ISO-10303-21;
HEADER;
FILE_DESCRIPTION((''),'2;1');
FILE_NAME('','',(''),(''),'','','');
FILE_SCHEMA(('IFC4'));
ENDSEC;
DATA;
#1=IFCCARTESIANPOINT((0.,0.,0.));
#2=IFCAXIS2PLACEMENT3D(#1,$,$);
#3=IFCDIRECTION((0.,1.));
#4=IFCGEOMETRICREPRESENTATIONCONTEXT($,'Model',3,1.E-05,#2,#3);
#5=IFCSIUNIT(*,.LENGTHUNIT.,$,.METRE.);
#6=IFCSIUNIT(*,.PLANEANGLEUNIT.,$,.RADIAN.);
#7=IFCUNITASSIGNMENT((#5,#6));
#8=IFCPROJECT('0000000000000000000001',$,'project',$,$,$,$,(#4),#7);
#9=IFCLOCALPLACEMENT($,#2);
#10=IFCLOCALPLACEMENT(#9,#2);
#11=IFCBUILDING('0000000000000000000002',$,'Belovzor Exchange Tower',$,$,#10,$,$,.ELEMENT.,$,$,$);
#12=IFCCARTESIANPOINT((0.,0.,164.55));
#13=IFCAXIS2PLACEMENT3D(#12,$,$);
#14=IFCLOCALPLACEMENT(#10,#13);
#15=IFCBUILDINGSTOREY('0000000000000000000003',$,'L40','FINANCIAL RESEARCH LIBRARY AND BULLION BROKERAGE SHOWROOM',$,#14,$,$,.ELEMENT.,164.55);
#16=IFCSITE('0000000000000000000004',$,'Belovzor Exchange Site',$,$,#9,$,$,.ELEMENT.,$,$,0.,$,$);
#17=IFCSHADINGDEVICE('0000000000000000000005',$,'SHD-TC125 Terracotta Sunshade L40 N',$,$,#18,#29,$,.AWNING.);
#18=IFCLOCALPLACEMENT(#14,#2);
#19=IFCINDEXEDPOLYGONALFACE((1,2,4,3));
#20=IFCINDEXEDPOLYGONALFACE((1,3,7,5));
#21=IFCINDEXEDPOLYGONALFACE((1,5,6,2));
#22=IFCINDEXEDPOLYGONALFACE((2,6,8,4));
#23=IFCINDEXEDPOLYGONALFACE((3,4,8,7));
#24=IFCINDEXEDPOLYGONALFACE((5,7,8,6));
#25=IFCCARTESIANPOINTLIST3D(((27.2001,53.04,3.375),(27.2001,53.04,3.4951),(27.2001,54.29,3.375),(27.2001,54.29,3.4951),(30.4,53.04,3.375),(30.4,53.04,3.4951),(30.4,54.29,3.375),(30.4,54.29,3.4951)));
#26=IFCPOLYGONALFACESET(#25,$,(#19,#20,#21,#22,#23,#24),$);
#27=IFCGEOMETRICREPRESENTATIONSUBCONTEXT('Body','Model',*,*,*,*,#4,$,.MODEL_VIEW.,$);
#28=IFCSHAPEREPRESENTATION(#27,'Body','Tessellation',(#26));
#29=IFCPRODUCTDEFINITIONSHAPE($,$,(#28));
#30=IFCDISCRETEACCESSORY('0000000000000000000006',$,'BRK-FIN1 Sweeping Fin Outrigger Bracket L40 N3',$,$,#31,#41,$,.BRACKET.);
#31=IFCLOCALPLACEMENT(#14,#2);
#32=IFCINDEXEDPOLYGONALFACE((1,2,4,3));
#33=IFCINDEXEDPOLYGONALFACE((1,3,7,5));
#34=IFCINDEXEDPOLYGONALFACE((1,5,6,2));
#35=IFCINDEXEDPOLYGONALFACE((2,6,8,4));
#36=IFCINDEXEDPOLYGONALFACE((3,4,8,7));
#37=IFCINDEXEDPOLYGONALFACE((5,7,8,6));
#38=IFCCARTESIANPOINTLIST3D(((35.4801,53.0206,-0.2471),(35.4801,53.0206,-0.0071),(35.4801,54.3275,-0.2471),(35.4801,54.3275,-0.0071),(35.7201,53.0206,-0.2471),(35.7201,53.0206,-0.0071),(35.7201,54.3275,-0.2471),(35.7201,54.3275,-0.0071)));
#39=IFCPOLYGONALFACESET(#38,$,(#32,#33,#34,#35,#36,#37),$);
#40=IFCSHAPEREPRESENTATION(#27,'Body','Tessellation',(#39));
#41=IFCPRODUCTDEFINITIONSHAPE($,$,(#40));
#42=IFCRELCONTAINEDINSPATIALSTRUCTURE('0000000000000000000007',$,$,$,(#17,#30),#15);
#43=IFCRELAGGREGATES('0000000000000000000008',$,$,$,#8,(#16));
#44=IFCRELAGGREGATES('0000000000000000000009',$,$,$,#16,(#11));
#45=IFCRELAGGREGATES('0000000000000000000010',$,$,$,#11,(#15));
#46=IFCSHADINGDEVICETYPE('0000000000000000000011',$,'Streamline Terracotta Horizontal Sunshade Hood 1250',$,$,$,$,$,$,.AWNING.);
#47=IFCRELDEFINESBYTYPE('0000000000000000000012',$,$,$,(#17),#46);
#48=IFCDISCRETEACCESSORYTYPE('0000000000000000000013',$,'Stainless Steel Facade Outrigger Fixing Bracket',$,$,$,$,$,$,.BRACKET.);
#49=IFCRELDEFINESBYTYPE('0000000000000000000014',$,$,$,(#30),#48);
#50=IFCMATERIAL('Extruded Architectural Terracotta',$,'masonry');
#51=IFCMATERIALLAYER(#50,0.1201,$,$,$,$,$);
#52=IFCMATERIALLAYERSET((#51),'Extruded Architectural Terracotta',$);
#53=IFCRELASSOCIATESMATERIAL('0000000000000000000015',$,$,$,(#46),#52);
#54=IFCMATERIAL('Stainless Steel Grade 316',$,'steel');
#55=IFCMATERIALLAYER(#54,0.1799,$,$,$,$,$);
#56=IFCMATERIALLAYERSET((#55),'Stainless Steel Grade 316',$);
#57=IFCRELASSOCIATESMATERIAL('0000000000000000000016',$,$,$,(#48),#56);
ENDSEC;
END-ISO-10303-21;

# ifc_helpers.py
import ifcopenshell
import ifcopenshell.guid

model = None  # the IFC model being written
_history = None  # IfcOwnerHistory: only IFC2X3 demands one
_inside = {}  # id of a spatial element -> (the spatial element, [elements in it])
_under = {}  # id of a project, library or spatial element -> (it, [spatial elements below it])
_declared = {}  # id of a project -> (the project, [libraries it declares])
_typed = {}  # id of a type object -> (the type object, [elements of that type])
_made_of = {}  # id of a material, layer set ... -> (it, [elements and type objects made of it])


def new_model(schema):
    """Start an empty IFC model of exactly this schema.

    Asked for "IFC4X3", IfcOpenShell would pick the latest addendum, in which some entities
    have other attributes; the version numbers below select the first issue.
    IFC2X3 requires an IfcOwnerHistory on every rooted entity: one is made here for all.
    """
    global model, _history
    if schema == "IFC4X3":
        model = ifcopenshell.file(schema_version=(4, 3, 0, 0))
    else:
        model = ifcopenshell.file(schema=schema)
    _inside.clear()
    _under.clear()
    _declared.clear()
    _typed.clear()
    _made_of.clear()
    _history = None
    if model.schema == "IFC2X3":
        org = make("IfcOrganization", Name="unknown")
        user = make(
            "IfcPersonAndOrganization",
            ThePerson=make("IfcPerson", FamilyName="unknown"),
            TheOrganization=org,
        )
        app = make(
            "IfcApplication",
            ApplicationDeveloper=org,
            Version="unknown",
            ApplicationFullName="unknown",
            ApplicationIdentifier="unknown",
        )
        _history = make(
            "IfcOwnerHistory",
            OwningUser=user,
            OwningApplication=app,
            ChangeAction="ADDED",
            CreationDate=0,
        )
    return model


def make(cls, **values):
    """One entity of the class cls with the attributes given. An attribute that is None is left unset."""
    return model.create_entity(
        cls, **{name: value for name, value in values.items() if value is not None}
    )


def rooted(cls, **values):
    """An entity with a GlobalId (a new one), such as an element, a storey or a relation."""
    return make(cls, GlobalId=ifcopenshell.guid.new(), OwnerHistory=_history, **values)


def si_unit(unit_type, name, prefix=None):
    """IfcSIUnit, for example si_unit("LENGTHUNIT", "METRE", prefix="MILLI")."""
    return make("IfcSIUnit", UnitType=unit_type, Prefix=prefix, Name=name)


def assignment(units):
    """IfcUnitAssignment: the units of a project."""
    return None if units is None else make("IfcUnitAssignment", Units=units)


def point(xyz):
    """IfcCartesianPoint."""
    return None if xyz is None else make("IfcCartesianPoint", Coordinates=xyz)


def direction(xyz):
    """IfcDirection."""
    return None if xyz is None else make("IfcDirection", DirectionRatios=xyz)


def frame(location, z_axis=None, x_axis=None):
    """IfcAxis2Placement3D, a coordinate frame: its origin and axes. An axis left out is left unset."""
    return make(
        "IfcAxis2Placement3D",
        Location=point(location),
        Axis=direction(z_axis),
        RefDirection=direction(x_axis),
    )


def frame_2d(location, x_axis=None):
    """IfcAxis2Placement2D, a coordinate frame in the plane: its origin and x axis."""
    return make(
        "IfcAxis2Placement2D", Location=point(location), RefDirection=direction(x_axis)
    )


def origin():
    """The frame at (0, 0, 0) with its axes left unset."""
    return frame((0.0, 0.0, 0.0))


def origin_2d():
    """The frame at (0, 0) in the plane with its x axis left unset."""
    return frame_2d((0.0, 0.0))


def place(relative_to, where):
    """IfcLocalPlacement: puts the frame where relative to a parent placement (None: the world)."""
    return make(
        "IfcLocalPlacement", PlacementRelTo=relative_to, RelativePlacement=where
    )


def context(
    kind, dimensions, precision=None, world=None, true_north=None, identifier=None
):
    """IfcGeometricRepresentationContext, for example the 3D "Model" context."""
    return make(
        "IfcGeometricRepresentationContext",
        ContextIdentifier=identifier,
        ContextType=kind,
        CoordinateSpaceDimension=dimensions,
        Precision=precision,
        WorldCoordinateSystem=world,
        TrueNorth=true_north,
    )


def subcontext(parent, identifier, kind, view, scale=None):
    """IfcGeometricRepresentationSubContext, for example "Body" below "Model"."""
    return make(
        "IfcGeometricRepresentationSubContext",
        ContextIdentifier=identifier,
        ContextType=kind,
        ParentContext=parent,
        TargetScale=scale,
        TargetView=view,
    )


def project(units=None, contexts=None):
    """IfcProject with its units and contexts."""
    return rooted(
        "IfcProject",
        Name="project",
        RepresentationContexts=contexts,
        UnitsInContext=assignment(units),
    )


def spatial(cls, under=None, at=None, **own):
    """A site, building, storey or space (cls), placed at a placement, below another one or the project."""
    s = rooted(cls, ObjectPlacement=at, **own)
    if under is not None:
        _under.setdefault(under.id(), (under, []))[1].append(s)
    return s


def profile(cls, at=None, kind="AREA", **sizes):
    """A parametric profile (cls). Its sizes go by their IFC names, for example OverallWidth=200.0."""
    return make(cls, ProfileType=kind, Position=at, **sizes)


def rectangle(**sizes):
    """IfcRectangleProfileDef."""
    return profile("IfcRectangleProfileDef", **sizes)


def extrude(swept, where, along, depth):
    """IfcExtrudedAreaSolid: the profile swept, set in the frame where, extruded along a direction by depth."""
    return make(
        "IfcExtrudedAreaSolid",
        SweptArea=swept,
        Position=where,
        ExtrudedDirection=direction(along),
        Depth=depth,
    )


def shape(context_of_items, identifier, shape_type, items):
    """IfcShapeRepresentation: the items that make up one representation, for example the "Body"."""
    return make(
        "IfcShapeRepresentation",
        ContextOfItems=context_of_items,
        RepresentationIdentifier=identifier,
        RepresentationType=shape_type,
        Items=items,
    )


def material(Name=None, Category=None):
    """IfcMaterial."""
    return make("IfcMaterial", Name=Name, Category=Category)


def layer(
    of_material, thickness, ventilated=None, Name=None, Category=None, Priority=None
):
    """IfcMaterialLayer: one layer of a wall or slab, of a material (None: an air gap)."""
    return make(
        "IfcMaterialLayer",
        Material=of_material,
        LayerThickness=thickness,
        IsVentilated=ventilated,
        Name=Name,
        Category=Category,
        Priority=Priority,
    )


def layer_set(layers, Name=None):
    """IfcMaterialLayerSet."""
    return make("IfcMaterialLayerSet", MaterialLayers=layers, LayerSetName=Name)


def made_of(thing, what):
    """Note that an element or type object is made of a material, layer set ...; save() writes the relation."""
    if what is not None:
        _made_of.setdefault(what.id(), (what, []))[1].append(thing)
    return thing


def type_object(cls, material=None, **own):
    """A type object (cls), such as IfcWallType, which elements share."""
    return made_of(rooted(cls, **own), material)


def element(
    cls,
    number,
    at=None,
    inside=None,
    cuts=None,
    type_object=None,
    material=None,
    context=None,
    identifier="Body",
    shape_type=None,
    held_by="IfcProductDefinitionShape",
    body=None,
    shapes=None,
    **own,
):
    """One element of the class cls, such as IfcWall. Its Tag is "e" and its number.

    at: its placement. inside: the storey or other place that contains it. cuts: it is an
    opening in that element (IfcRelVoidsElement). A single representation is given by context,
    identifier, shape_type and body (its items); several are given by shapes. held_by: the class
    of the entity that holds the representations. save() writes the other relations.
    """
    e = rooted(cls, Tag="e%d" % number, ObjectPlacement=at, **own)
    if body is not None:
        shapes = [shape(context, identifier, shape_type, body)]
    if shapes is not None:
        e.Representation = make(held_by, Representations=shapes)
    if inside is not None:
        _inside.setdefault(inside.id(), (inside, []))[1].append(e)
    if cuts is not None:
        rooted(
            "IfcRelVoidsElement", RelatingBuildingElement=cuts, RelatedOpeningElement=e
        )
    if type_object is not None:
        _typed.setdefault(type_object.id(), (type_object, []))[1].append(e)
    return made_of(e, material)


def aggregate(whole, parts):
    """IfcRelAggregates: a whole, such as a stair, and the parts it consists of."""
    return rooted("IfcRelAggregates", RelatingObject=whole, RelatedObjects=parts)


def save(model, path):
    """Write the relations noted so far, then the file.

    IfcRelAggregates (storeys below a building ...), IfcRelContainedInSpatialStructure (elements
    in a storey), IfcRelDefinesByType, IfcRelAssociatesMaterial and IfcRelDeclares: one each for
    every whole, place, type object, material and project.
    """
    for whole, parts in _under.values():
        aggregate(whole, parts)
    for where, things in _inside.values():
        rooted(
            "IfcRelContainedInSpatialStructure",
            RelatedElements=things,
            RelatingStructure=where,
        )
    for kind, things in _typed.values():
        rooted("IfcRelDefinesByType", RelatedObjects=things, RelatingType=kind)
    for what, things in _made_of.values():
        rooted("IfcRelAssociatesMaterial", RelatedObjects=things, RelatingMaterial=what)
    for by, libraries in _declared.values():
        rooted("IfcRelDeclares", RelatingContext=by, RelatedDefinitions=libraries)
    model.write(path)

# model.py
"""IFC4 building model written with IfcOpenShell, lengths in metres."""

from ifc_helpers import new_model, si_unit, direction, frame, origin, origin_2d, place, context, subcontext, project, spatial, rectangle, extrude, material, layer, layer_set, type_object, element, save


model = new_model("IFC4")

# Units and contexts
model_context = context("Model", 3, precision=1e-05, world=origin(), true_north=direction((0.0, 1.0)))
body_context = subcontext(model_context, "Body", "Model", "MODEL_VIEW")
ifc_project = project(units=[si_unit("LENGTHUNIT", "METRE"), si_unit("PLANEANGLEUNIT", "RADIAN")], contexts=[model_context])

# Site, building, storey
site_placement = place(None, origin())
site = spatial("IfcSite", under=ifc_project, at=site_placement, Name="Belovzor Exchange Site", CompositionType="ELEMENT", RefElevation=0.0)
building_placement = place(site_placement, origin())
building = spatial("IfcBuilding", under=site, at=building_placement, Name="Belovzor Exchange Tower", CompositionType="ELEMENT")
storey_placement = place(building_placement, frame((0.0, 0.0, 164.55)))
storey = spatial("IfcBuildingStorey", under=building, at=storey_placement, Name="L40", Description="FINANCIAL RESEARCH LIBRARY AND BULLION BROKERAGE SHOWROOM", CompositionType="ELEMENT", Elevation=164.55)

# Shading device
ifc_material_1 = material(Name="Extruded Architectural Terracotta", Category="masonry")
ifc_layer_1 = layer(ifc_material_1, 0.1201)
ifc_layer_set_1 = layer_set([ifc_layer_1], Name="Extruded Architectural Terracotta")
shading_device_type = type_object("IfcShadingDeviceType", Name="Streamline Terracotta Horizontal Sunshade Hood 1250", PredefinedType="AWNING", material=ifc_layer_set_1)
shading_device_placement = place(storey_placement, frame((28.8, 53.665, 3.375), z_axis=(0.0, 0.0, 1.0), x_axis=(1.0, 0.0, 0.0)))
element("IfcShadingDevice", 1, at=shading_device_placement, inside=storey, type_object=shading_device_type, Name="SHD-TC125 Terracotta Sunshade L40 N", PredefinedType="AWNING", context=body_context, shape_type="SweptSolid", body=[
    extrude(rectangle(XDim=3.2, YDim=1.25, at=origin_2d()), origin(), (0.0, 0.0, 1.0), 0.1201),
])

# Discrete accessory
ifc_material_2 = material(Name="Stainless Steel Grade 316", Category="steel")
ifc_layer_2 = layer(ifc_material_2, 0.1799)
ifc_layer_set_2 = layer_set([ifc_layer_2], Name="Stainless Steel Grade 316")
discrete_accessory_type = type_object("IfcDiscreteAccessoryType", Name="Stainless Steel Facade Outrigger Fixing Bracket", PredefinedType="BRACKET", material=ifc_layer_set_2)
discrete_accessory_placement = place(storey_placement, frame((35.6001, 53.6741, -0.2471), z_axis=(0.0, 0.0, 1.0), x_axis=(0.0, 1.0, 0.0)))
element("IfcDiscreteAccessory", 2, at=discrete_accessory_placement, inside=storey, type_object=discrete_accessory_type, Name="BRK-FIN1 Sweeping Fin Outrigger Bracket L40 N3", PredefinedType="BRACKET", context=body_context, shape_type="SweptSolid", body=[
    extrude(rectangle(XDim=1.3069, YDim=0.24, at=origin_2d()), origin(), (0.0, 0.0, 1.0), 0.24),
])

save(model, "model.ifc")
